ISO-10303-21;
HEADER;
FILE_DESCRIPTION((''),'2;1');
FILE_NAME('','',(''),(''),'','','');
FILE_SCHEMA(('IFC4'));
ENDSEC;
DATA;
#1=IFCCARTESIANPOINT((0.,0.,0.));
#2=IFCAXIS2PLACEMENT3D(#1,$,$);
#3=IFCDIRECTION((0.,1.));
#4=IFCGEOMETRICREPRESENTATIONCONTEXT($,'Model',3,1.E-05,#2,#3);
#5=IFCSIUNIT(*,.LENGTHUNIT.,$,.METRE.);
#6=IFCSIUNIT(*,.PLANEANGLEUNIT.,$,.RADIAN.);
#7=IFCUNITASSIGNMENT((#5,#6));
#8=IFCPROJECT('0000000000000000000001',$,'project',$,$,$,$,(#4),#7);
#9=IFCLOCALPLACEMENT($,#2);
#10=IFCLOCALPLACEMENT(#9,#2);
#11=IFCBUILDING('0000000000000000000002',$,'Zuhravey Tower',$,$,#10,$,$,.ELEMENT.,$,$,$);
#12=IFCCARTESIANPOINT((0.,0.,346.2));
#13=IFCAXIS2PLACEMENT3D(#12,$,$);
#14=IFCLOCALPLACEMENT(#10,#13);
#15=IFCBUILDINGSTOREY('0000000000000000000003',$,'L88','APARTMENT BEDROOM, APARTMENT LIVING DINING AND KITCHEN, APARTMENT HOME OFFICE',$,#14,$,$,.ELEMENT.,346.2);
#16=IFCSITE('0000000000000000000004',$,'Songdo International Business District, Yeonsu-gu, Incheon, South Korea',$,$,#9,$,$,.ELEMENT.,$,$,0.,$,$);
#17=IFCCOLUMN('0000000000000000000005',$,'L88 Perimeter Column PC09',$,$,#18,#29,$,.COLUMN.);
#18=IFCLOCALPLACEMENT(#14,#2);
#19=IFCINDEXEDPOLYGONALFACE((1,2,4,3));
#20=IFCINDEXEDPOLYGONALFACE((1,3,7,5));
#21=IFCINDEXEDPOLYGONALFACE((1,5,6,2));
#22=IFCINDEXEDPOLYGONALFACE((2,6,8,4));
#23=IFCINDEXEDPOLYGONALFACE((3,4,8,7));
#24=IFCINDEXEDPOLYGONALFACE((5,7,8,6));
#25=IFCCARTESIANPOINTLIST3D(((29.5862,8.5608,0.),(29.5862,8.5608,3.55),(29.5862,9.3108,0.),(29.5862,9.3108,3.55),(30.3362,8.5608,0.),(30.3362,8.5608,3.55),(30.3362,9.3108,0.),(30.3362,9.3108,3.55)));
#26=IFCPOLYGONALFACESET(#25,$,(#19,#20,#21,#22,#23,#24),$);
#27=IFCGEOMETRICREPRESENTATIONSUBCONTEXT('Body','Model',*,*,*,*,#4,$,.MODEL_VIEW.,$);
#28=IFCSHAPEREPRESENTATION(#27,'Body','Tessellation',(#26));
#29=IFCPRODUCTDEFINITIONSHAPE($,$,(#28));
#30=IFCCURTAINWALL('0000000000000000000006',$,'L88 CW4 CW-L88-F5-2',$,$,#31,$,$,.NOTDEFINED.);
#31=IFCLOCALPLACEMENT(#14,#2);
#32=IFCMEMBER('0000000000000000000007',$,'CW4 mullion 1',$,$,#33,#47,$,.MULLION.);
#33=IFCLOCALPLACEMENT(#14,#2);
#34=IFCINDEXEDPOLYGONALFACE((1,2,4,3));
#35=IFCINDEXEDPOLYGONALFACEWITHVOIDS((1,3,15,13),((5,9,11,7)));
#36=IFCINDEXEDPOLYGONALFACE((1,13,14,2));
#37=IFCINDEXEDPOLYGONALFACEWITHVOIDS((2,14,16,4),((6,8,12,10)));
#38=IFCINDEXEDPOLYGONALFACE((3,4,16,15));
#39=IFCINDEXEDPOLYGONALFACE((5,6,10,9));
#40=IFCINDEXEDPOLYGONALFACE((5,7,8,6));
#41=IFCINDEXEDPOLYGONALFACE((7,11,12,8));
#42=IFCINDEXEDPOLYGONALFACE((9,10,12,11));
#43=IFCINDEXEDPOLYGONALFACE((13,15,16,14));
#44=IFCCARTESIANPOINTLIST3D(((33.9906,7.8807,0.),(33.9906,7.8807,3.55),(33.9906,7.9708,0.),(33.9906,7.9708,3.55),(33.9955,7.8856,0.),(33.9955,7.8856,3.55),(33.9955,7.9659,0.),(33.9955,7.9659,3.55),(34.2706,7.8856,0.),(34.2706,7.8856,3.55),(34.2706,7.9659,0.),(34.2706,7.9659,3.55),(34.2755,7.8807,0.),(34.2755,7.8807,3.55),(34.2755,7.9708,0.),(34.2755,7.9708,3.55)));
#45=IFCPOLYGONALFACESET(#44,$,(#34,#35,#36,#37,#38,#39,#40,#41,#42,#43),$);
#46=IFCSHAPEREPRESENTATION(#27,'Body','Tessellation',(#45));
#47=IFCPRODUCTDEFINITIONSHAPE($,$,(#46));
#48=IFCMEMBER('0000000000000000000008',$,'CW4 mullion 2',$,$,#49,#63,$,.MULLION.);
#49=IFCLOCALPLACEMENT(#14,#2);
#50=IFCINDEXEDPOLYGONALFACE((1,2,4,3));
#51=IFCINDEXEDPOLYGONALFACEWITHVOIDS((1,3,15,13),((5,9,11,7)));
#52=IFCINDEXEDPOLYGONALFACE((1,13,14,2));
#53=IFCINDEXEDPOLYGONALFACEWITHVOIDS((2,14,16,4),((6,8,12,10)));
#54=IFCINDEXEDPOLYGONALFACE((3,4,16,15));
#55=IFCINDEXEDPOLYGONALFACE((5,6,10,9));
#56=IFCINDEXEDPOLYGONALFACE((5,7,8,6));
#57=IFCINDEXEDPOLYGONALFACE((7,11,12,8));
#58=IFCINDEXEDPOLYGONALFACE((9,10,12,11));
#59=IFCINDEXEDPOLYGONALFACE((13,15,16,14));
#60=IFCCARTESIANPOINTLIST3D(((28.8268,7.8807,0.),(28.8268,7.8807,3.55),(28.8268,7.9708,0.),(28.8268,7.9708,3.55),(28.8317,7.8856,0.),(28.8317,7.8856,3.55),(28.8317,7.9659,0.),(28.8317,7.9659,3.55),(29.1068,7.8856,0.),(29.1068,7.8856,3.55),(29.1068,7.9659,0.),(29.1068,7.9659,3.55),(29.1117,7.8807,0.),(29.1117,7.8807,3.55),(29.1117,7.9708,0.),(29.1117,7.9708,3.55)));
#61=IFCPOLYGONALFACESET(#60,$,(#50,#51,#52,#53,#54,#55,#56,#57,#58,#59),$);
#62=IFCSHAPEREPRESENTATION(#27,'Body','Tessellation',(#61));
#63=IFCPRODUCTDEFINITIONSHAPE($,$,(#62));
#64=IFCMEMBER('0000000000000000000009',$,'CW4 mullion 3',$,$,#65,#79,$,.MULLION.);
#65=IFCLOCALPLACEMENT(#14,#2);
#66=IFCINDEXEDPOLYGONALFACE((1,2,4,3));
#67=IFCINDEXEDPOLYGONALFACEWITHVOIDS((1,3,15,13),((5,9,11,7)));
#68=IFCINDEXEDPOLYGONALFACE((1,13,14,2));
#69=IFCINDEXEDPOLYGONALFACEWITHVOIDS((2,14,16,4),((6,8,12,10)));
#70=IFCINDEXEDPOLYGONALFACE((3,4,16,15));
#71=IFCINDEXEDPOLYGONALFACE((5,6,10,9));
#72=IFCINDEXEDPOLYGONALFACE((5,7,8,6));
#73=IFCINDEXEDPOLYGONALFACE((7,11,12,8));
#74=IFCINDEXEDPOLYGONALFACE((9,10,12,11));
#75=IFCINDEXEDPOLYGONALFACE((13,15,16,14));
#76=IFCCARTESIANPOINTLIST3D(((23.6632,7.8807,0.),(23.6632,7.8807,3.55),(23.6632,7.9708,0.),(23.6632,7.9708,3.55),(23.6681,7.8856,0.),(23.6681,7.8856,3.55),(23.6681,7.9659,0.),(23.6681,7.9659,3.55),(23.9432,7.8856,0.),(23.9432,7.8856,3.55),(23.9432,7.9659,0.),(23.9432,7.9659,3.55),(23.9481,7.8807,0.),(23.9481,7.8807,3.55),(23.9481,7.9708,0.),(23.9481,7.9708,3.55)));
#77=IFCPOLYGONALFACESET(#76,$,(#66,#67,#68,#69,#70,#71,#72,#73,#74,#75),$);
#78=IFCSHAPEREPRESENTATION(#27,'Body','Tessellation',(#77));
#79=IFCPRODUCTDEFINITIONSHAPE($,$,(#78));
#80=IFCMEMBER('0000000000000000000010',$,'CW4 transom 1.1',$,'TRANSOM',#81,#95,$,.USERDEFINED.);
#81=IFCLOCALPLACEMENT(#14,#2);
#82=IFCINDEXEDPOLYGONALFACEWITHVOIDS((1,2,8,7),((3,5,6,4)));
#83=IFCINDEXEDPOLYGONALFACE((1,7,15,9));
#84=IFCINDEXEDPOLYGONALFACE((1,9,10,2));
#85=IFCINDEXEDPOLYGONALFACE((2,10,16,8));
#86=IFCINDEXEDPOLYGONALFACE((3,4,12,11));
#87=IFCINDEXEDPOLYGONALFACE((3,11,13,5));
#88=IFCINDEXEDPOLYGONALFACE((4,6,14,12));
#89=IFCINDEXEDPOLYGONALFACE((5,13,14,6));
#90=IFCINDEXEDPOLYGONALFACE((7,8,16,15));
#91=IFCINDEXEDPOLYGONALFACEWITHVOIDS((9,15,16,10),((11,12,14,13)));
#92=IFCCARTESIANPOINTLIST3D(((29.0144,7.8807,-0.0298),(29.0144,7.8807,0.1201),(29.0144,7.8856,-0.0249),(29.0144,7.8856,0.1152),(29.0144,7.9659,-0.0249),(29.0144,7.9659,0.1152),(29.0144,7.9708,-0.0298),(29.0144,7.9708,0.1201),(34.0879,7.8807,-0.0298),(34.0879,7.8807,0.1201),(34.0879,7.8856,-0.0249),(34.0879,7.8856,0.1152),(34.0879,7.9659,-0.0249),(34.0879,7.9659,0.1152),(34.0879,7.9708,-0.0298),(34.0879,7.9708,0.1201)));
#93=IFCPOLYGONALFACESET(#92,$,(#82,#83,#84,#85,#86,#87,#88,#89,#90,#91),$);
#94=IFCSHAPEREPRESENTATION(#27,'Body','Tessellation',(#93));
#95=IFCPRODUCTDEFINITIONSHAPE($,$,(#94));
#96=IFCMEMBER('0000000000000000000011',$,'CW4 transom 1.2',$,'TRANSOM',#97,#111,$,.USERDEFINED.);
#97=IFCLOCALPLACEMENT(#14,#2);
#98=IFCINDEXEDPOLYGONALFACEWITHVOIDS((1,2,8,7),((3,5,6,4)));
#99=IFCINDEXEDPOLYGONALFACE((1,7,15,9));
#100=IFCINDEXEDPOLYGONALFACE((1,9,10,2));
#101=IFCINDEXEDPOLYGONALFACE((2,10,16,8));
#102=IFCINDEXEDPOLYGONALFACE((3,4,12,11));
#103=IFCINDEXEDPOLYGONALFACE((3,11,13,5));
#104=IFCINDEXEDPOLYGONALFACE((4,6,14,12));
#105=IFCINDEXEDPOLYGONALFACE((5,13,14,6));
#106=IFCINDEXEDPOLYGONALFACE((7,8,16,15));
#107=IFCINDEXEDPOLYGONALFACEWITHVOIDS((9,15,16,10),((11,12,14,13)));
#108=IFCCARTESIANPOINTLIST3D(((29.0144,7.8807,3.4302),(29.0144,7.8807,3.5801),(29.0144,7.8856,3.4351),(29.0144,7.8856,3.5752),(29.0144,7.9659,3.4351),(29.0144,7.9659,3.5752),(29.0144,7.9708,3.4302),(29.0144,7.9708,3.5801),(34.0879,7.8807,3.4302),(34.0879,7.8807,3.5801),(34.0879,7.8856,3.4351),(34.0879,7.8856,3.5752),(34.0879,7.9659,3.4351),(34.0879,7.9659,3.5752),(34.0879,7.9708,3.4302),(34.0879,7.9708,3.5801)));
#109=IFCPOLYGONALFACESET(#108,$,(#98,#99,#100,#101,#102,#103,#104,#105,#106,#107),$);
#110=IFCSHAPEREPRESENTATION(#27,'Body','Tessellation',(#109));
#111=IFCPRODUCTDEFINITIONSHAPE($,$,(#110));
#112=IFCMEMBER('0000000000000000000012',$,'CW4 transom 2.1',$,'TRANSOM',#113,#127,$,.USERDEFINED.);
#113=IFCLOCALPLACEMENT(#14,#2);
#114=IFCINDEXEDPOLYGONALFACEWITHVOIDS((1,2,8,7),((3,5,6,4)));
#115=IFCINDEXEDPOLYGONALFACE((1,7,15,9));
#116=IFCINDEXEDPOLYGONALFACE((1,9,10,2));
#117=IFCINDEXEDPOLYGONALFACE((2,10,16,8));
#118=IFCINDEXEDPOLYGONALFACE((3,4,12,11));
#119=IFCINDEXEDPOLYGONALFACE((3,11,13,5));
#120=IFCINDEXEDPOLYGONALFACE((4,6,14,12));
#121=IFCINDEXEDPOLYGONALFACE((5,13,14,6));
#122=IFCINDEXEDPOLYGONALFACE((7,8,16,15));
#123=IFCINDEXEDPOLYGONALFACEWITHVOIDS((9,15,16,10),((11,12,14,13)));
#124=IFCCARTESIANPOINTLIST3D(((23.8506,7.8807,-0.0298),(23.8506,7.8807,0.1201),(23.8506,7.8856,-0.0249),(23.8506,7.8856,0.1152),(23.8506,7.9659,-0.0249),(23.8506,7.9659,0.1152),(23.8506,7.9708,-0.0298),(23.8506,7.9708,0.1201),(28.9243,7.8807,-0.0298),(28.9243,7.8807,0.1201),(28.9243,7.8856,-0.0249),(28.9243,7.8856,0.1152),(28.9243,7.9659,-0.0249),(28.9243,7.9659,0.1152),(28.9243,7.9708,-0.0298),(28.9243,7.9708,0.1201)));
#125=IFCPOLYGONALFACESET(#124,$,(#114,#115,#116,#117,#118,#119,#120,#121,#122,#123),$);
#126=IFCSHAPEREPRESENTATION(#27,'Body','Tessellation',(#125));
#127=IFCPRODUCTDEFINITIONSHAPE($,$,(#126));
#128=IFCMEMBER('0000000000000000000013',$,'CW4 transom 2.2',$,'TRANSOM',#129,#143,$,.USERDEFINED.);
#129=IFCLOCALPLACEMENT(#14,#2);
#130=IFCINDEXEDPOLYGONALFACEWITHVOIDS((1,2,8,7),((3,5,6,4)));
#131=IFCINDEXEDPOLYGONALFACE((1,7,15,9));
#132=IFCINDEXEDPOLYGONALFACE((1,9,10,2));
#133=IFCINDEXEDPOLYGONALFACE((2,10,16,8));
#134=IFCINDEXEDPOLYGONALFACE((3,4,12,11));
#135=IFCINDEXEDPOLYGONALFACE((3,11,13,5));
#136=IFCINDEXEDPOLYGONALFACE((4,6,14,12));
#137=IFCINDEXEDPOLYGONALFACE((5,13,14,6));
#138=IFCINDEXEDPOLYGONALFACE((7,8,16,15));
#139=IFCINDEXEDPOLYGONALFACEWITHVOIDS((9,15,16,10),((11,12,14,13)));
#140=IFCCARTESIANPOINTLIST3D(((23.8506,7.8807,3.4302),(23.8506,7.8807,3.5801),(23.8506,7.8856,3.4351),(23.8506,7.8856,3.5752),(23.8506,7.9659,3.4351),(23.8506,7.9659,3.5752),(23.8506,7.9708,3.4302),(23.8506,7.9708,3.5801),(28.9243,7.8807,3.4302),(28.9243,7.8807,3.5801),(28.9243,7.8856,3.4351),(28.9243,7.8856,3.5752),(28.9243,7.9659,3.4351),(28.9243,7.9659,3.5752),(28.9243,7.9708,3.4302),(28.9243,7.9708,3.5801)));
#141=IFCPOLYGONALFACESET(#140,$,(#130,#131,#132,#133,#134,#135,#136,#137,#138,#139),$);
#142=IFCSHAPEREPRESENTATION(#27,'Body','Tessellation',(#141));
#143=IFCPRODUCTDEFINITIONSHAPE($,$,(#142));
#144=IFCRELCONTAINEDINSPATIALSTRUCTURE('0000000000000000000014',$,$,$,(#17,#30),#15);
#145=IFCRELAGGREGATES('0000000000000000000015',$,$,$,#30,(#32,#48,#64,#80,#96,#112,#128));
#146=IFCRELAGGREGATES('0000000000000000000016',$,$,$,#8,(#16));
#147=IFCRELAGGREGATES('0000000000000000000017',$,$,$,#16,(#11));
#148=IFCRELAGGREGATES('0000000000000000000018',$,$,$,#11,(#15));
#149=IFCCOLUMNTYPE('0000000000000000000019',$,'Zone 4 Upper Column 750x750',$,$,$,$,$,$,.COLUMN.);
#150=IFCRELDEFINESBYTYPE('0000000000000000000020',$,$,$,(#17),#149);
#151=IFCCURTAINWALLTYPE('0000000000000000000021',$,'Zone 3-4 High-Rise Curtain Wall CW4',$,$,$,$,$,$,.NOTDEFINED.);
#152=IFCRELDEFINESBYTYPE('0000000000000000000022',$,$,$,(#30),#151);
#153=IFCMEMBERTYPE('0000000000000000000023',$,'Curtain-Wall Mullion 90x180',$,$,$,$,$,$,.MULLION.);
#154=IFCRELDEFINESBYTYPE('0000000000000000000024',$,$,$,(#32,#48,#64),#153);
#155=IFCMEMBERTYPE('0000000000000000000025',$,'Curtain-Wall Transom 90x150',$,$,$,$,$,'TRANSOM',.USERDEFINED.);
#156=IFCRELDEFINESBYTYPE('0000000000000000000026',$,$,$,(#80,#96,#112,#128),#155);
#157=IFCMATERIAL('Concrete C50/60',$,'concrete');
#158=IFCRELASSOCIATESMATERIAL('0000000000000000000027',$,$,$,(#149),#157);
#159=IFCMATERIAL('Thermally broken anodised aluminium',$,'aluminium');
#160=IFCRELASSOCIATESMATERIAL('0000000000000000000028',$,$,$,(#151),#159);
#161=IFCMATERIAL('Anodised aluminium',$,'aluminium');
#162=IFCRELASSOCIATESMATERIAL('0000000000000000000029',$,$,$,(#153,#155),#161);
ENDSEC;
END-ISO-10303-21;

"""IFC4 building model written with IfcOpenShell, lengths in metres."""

from ifc_helpers import new_model, si_unit, direction, frame, origin, origin_2d, place, context, subcontext, project, spatial, rectangle, hollow_rectangle, extrude, material, material_profile, profile_set, type_object, element, aggregate, save


model = new_model("IFC4")

# Units and contexts
model_context = context("Model", 3, precision=1e-05, world=origin(), true_north=direction((0.0, 1.0)))
body_context = subcontext(model_context, "Body", "Model", "MODEL_VIEW")
ifc_project = project(units=[si_unit("LENGTHUNIT", "METRE"), si_unit("PLANEANGLEUNIT", "RADIAN")], contexts=[model_context])

# Site, building, storey
site_placement = place(None, origin())
site = spatial("IfcSite", under=ifc_project, at=site_placement, Name="Songdo International Business District, Yeonsu-gu, Incheon, South Korea", CompositionType="ELEMENT", RefElevation=0.0)
building_placement = place(site_placement, origin())
building = spatial("IfcBuilding", under=site, at=building_placement, Name="Zuhravey Tower", CompositionType="ELEMENT")
storey_placement = place(building_placement, frame((0.0, 0.0, 346.2)))
storey = spatial("IfcBuildingStorey", under=building, at=storey_placement, Name="L88", Description="APARTMENT BEDROOM, APARTMENT LIVING DINING AND KITCHEN, APARTMENT HOME OFFICE", CompositionType="ELEMENT", Elevation=346.2)

# Column
ifc_material_1 = material(Name="Concrete C50/60", Category="concrete")
ifc_material_profile_1 = material_profile(ifc_material_1, rectangle(XDim=0.75, YDim=0.75, at=origin_2d()), Name="RC-750x750")
ifc_profile_set_1 = profile_set([ifc_material_profile_1], Name="Concrete C50/60")
column_type = type_object("IfcColumnType", Name="Zone 4 Upper Column 750x750", PredefinedType="COLUMN", material=ifc_profile_set_1)
column_placement = place(storey_placement, frame((29.9612, 8.9358, 0.0), z_axis=(0.0, 0.0, 1.0), x_axis=(1.0, 0.0, 0.0)))
element("IfcColumn", 1, at=column_placement, inside=storey, type_object=column_type, Name="L88 Perimeter Column PC09", PredefinedType="COLUMN", context=body_context, shape_type="SweptSolid", body=[
    extrude(rectangle(XDim=0.75, YDim=0.75, at=origin_2d()), origin(), (0.0, 0.0, 1.0), 3.55),
])

# Curtain wall, members
ifc_material_2 = material(Name="Thermally broken anodised aluminium", Category="aluminium")
curtain_wall_type = type_object("IfcCurtainWallType", Name="Zone 3-4 High-Rise Curtain Wall CW4", PredefinedType="NOTDEFINED", material=ifc_material_2)
curtain_wall_placement = place(storey_placement, origin())
curtain_wall = element("IfcCurtainWall", 2, at=curtain_wall_placement, inside=storey, type_object=curtain_wall_type, Name="L88 CW4 CW-L88-F5-2", PredefinedType="NOTDEFINED")
ifc_material_3 = material(Name="Anodised aluminium", Category="aluminium")
ifc_material_profile_2 = material_profile(ifc_material_3, hollow_rectangle(XDim=0.0901, YDim=0.2849, WallThickness=0.0049, at=origin_2d()), Name="ALU-RHS-90x285x5")
ifc_profile_set_2 = profile_set([ifc_material_profile_2], Name="Anodised aluminium")
member_type_1 = type_object("IfcMemberType", Name="Curtain-Wall Mullion 90x180", PredefinedType="MULLION", material=ifc_profile_set_2)
member_1_placement = place(storey_placement, frame((34.1331, 7.9258, 0.0), z_axis=(0.0, 0.0, 1.0), x_axis=(0.0, -1.0, 0.0)))
member_1 = element("IfcMember", 3, at=member_1_placement, type_object=member_type_1, Name="CW4 mullion 1", PredefinedType="MULLION", context=body_context, shape_type="SweptSolid", body=[
    extrude(hollow_rectangle(XDim=0.0901, YDim=0.2849, WallThickness=0.0049, at=origin_2d()), origin(), (0.0, 0.0, 1.0), 3.55),
])
member_2_placement = place(storey_placement, frame((28.9692, 7.9258, 0.0), z_axis=(0.0, 0.0, 1.0), x_axis=(0.0, -1.0, 0.0)))
member_2 = element("IfcMember", 4, at=member_2_placement, type_object=member_type_1, Name="CW4 mullion 2", PredefinedType="MULLION", context=body_context, shape_type="SweptSolid", body=[
    extrude(hollow_rectangle(XDim=0.0901, YDim=0.2849, WallThickness=0.0049, at=origin_2d()), origin(), (0.0, 0.0, 1.0), 3.55),
])
member_3_placement = place(storey_placement, frame((23.8057, 7.9258, 0.0), z_axis=(0.0, 0.0, 1.0), x_axis=(0.0, -1.0, 0.0)))
member_3 = element("IfcMember", 5, at=member_3_placement, type_object=member_type_1, Name="CW4 mullion 3", PredefinedType="MULLION", context=body_context, shape_type="SweptSolid", body=[
    extrude(hollow_rectangle(XDim=0.0901, YDim=0.2849, WallThickness=0.0049, at=origin_2d()), origin(), (0.0, 0.0, 1.0), 3.55),
])
ifc_material_profile_3 = material_profile(ifc_material_3, hollow_rectangle(XDim=0.0901, YDim=0.1499, WallThickness=0.0049, at=origin_2d()), Name="ALU-RHS-90x150x5")
ifc_profile_set_3 = profile_set([ifc_material_profile_3], Name="Anodised aluminium")
member_type_2 = type_object("IfcMemberType", Name="Curtain-Wall Transom 90x150", ElementType="TRANSOM", PredefinedType="USERDEFINED", material=ifc_profile_set_3)
member_4_placement = place(storey_placement, frame((34.0879, 7.9258, 0.0452), z_axis=(-1.0, 0.0, 0.0), x_axis=(0.0, -1.0, 0.0)))
member_4 = element("IfcMember", 6, at=member_4_placement, type_object=member_type_2, Name="CW4 transom 1.1", ObjectType="TRANSOM", PredefinedType="USERDEFINED", context=body_context, shape_type="SweptSolid", body=[
    extrude(hollow_rectangle(XDim=0.0901, YDim=0.1499, WallThickness=0.0049, at=origin_2d()), origin(), (0.0, 0.0, 1.0), 5.0735),
])
member_5_placement = place(storey_placement, frame((34.0879, 7.9258, 3.5051), z_axis=(-1.0, 0.0, 0.0), x_axis=(0.0, -1.0, 0.0)))
member_5 = element("IfcMember", 7, at=member_5_placement, type_object=member_type_2, Name="CW4 transom 1.2", ObjectType="TRANSOM", PredefinedType="USERDEFINED", context=body_context, shape_type="SweptSolid", body=[
    extrude(hollow_rectangle(XDim=0.0901, YDim=0.1499, WallThickness=0.0049, at=origin_2d()), origin(), (0.0, 0.0, 1.0), 5.0735),
])
member_6_placement = place(storey_placement, frame((28.9243, 7.9258, 0.0452), z_axis=(-1.0, 0.0, 0.0), x_axis=(0.0, -1.0, 0.0)))
member_6 = element("IfcMember", 8, at=member_6_placement, type_object=member_type_2, Name="CW4 transom 2.1", ObjectType="TRANSOM", PredefinedType="USERDEFINED", context=body_context, shape_type="SweptSolid", body=[
    extrude(hollow_rectangle(XDim=0.0901, YDim=0.1499, WallThickness=0.0049, at=origin_2d()), origin(), (0.0, 0.0, 1.0), 5.0737),
])
member_7_placement = place(storey_placement, frame((28.9243, 7.9258, 3.5051), z_axis=(-1.0, 0.0, 0.0), x_axis=(0.0, -1.0, 0.0)))
member_7 = element("IfcMember", 9, at=member_7_placement, type_object=member_type_2, Name="CW4 transom 2.2", ObjectType="TRANSOM", PredefinedType="USERDEFINED", context=body_context, shape_type="SweptSolid", body=[
    extrude(hollow_rectangle(XDim=0.0901, YDim=0.1499, WallThickness=0.0049, at=origin_2d()), origin(), (0.0, 0.0, 1.0), 5.0737),
])

aggregate(curtain_wall, [member_1, member_2, member_3, member_4, member_5, member_6, member_7])

save(model, "model.ifc")
